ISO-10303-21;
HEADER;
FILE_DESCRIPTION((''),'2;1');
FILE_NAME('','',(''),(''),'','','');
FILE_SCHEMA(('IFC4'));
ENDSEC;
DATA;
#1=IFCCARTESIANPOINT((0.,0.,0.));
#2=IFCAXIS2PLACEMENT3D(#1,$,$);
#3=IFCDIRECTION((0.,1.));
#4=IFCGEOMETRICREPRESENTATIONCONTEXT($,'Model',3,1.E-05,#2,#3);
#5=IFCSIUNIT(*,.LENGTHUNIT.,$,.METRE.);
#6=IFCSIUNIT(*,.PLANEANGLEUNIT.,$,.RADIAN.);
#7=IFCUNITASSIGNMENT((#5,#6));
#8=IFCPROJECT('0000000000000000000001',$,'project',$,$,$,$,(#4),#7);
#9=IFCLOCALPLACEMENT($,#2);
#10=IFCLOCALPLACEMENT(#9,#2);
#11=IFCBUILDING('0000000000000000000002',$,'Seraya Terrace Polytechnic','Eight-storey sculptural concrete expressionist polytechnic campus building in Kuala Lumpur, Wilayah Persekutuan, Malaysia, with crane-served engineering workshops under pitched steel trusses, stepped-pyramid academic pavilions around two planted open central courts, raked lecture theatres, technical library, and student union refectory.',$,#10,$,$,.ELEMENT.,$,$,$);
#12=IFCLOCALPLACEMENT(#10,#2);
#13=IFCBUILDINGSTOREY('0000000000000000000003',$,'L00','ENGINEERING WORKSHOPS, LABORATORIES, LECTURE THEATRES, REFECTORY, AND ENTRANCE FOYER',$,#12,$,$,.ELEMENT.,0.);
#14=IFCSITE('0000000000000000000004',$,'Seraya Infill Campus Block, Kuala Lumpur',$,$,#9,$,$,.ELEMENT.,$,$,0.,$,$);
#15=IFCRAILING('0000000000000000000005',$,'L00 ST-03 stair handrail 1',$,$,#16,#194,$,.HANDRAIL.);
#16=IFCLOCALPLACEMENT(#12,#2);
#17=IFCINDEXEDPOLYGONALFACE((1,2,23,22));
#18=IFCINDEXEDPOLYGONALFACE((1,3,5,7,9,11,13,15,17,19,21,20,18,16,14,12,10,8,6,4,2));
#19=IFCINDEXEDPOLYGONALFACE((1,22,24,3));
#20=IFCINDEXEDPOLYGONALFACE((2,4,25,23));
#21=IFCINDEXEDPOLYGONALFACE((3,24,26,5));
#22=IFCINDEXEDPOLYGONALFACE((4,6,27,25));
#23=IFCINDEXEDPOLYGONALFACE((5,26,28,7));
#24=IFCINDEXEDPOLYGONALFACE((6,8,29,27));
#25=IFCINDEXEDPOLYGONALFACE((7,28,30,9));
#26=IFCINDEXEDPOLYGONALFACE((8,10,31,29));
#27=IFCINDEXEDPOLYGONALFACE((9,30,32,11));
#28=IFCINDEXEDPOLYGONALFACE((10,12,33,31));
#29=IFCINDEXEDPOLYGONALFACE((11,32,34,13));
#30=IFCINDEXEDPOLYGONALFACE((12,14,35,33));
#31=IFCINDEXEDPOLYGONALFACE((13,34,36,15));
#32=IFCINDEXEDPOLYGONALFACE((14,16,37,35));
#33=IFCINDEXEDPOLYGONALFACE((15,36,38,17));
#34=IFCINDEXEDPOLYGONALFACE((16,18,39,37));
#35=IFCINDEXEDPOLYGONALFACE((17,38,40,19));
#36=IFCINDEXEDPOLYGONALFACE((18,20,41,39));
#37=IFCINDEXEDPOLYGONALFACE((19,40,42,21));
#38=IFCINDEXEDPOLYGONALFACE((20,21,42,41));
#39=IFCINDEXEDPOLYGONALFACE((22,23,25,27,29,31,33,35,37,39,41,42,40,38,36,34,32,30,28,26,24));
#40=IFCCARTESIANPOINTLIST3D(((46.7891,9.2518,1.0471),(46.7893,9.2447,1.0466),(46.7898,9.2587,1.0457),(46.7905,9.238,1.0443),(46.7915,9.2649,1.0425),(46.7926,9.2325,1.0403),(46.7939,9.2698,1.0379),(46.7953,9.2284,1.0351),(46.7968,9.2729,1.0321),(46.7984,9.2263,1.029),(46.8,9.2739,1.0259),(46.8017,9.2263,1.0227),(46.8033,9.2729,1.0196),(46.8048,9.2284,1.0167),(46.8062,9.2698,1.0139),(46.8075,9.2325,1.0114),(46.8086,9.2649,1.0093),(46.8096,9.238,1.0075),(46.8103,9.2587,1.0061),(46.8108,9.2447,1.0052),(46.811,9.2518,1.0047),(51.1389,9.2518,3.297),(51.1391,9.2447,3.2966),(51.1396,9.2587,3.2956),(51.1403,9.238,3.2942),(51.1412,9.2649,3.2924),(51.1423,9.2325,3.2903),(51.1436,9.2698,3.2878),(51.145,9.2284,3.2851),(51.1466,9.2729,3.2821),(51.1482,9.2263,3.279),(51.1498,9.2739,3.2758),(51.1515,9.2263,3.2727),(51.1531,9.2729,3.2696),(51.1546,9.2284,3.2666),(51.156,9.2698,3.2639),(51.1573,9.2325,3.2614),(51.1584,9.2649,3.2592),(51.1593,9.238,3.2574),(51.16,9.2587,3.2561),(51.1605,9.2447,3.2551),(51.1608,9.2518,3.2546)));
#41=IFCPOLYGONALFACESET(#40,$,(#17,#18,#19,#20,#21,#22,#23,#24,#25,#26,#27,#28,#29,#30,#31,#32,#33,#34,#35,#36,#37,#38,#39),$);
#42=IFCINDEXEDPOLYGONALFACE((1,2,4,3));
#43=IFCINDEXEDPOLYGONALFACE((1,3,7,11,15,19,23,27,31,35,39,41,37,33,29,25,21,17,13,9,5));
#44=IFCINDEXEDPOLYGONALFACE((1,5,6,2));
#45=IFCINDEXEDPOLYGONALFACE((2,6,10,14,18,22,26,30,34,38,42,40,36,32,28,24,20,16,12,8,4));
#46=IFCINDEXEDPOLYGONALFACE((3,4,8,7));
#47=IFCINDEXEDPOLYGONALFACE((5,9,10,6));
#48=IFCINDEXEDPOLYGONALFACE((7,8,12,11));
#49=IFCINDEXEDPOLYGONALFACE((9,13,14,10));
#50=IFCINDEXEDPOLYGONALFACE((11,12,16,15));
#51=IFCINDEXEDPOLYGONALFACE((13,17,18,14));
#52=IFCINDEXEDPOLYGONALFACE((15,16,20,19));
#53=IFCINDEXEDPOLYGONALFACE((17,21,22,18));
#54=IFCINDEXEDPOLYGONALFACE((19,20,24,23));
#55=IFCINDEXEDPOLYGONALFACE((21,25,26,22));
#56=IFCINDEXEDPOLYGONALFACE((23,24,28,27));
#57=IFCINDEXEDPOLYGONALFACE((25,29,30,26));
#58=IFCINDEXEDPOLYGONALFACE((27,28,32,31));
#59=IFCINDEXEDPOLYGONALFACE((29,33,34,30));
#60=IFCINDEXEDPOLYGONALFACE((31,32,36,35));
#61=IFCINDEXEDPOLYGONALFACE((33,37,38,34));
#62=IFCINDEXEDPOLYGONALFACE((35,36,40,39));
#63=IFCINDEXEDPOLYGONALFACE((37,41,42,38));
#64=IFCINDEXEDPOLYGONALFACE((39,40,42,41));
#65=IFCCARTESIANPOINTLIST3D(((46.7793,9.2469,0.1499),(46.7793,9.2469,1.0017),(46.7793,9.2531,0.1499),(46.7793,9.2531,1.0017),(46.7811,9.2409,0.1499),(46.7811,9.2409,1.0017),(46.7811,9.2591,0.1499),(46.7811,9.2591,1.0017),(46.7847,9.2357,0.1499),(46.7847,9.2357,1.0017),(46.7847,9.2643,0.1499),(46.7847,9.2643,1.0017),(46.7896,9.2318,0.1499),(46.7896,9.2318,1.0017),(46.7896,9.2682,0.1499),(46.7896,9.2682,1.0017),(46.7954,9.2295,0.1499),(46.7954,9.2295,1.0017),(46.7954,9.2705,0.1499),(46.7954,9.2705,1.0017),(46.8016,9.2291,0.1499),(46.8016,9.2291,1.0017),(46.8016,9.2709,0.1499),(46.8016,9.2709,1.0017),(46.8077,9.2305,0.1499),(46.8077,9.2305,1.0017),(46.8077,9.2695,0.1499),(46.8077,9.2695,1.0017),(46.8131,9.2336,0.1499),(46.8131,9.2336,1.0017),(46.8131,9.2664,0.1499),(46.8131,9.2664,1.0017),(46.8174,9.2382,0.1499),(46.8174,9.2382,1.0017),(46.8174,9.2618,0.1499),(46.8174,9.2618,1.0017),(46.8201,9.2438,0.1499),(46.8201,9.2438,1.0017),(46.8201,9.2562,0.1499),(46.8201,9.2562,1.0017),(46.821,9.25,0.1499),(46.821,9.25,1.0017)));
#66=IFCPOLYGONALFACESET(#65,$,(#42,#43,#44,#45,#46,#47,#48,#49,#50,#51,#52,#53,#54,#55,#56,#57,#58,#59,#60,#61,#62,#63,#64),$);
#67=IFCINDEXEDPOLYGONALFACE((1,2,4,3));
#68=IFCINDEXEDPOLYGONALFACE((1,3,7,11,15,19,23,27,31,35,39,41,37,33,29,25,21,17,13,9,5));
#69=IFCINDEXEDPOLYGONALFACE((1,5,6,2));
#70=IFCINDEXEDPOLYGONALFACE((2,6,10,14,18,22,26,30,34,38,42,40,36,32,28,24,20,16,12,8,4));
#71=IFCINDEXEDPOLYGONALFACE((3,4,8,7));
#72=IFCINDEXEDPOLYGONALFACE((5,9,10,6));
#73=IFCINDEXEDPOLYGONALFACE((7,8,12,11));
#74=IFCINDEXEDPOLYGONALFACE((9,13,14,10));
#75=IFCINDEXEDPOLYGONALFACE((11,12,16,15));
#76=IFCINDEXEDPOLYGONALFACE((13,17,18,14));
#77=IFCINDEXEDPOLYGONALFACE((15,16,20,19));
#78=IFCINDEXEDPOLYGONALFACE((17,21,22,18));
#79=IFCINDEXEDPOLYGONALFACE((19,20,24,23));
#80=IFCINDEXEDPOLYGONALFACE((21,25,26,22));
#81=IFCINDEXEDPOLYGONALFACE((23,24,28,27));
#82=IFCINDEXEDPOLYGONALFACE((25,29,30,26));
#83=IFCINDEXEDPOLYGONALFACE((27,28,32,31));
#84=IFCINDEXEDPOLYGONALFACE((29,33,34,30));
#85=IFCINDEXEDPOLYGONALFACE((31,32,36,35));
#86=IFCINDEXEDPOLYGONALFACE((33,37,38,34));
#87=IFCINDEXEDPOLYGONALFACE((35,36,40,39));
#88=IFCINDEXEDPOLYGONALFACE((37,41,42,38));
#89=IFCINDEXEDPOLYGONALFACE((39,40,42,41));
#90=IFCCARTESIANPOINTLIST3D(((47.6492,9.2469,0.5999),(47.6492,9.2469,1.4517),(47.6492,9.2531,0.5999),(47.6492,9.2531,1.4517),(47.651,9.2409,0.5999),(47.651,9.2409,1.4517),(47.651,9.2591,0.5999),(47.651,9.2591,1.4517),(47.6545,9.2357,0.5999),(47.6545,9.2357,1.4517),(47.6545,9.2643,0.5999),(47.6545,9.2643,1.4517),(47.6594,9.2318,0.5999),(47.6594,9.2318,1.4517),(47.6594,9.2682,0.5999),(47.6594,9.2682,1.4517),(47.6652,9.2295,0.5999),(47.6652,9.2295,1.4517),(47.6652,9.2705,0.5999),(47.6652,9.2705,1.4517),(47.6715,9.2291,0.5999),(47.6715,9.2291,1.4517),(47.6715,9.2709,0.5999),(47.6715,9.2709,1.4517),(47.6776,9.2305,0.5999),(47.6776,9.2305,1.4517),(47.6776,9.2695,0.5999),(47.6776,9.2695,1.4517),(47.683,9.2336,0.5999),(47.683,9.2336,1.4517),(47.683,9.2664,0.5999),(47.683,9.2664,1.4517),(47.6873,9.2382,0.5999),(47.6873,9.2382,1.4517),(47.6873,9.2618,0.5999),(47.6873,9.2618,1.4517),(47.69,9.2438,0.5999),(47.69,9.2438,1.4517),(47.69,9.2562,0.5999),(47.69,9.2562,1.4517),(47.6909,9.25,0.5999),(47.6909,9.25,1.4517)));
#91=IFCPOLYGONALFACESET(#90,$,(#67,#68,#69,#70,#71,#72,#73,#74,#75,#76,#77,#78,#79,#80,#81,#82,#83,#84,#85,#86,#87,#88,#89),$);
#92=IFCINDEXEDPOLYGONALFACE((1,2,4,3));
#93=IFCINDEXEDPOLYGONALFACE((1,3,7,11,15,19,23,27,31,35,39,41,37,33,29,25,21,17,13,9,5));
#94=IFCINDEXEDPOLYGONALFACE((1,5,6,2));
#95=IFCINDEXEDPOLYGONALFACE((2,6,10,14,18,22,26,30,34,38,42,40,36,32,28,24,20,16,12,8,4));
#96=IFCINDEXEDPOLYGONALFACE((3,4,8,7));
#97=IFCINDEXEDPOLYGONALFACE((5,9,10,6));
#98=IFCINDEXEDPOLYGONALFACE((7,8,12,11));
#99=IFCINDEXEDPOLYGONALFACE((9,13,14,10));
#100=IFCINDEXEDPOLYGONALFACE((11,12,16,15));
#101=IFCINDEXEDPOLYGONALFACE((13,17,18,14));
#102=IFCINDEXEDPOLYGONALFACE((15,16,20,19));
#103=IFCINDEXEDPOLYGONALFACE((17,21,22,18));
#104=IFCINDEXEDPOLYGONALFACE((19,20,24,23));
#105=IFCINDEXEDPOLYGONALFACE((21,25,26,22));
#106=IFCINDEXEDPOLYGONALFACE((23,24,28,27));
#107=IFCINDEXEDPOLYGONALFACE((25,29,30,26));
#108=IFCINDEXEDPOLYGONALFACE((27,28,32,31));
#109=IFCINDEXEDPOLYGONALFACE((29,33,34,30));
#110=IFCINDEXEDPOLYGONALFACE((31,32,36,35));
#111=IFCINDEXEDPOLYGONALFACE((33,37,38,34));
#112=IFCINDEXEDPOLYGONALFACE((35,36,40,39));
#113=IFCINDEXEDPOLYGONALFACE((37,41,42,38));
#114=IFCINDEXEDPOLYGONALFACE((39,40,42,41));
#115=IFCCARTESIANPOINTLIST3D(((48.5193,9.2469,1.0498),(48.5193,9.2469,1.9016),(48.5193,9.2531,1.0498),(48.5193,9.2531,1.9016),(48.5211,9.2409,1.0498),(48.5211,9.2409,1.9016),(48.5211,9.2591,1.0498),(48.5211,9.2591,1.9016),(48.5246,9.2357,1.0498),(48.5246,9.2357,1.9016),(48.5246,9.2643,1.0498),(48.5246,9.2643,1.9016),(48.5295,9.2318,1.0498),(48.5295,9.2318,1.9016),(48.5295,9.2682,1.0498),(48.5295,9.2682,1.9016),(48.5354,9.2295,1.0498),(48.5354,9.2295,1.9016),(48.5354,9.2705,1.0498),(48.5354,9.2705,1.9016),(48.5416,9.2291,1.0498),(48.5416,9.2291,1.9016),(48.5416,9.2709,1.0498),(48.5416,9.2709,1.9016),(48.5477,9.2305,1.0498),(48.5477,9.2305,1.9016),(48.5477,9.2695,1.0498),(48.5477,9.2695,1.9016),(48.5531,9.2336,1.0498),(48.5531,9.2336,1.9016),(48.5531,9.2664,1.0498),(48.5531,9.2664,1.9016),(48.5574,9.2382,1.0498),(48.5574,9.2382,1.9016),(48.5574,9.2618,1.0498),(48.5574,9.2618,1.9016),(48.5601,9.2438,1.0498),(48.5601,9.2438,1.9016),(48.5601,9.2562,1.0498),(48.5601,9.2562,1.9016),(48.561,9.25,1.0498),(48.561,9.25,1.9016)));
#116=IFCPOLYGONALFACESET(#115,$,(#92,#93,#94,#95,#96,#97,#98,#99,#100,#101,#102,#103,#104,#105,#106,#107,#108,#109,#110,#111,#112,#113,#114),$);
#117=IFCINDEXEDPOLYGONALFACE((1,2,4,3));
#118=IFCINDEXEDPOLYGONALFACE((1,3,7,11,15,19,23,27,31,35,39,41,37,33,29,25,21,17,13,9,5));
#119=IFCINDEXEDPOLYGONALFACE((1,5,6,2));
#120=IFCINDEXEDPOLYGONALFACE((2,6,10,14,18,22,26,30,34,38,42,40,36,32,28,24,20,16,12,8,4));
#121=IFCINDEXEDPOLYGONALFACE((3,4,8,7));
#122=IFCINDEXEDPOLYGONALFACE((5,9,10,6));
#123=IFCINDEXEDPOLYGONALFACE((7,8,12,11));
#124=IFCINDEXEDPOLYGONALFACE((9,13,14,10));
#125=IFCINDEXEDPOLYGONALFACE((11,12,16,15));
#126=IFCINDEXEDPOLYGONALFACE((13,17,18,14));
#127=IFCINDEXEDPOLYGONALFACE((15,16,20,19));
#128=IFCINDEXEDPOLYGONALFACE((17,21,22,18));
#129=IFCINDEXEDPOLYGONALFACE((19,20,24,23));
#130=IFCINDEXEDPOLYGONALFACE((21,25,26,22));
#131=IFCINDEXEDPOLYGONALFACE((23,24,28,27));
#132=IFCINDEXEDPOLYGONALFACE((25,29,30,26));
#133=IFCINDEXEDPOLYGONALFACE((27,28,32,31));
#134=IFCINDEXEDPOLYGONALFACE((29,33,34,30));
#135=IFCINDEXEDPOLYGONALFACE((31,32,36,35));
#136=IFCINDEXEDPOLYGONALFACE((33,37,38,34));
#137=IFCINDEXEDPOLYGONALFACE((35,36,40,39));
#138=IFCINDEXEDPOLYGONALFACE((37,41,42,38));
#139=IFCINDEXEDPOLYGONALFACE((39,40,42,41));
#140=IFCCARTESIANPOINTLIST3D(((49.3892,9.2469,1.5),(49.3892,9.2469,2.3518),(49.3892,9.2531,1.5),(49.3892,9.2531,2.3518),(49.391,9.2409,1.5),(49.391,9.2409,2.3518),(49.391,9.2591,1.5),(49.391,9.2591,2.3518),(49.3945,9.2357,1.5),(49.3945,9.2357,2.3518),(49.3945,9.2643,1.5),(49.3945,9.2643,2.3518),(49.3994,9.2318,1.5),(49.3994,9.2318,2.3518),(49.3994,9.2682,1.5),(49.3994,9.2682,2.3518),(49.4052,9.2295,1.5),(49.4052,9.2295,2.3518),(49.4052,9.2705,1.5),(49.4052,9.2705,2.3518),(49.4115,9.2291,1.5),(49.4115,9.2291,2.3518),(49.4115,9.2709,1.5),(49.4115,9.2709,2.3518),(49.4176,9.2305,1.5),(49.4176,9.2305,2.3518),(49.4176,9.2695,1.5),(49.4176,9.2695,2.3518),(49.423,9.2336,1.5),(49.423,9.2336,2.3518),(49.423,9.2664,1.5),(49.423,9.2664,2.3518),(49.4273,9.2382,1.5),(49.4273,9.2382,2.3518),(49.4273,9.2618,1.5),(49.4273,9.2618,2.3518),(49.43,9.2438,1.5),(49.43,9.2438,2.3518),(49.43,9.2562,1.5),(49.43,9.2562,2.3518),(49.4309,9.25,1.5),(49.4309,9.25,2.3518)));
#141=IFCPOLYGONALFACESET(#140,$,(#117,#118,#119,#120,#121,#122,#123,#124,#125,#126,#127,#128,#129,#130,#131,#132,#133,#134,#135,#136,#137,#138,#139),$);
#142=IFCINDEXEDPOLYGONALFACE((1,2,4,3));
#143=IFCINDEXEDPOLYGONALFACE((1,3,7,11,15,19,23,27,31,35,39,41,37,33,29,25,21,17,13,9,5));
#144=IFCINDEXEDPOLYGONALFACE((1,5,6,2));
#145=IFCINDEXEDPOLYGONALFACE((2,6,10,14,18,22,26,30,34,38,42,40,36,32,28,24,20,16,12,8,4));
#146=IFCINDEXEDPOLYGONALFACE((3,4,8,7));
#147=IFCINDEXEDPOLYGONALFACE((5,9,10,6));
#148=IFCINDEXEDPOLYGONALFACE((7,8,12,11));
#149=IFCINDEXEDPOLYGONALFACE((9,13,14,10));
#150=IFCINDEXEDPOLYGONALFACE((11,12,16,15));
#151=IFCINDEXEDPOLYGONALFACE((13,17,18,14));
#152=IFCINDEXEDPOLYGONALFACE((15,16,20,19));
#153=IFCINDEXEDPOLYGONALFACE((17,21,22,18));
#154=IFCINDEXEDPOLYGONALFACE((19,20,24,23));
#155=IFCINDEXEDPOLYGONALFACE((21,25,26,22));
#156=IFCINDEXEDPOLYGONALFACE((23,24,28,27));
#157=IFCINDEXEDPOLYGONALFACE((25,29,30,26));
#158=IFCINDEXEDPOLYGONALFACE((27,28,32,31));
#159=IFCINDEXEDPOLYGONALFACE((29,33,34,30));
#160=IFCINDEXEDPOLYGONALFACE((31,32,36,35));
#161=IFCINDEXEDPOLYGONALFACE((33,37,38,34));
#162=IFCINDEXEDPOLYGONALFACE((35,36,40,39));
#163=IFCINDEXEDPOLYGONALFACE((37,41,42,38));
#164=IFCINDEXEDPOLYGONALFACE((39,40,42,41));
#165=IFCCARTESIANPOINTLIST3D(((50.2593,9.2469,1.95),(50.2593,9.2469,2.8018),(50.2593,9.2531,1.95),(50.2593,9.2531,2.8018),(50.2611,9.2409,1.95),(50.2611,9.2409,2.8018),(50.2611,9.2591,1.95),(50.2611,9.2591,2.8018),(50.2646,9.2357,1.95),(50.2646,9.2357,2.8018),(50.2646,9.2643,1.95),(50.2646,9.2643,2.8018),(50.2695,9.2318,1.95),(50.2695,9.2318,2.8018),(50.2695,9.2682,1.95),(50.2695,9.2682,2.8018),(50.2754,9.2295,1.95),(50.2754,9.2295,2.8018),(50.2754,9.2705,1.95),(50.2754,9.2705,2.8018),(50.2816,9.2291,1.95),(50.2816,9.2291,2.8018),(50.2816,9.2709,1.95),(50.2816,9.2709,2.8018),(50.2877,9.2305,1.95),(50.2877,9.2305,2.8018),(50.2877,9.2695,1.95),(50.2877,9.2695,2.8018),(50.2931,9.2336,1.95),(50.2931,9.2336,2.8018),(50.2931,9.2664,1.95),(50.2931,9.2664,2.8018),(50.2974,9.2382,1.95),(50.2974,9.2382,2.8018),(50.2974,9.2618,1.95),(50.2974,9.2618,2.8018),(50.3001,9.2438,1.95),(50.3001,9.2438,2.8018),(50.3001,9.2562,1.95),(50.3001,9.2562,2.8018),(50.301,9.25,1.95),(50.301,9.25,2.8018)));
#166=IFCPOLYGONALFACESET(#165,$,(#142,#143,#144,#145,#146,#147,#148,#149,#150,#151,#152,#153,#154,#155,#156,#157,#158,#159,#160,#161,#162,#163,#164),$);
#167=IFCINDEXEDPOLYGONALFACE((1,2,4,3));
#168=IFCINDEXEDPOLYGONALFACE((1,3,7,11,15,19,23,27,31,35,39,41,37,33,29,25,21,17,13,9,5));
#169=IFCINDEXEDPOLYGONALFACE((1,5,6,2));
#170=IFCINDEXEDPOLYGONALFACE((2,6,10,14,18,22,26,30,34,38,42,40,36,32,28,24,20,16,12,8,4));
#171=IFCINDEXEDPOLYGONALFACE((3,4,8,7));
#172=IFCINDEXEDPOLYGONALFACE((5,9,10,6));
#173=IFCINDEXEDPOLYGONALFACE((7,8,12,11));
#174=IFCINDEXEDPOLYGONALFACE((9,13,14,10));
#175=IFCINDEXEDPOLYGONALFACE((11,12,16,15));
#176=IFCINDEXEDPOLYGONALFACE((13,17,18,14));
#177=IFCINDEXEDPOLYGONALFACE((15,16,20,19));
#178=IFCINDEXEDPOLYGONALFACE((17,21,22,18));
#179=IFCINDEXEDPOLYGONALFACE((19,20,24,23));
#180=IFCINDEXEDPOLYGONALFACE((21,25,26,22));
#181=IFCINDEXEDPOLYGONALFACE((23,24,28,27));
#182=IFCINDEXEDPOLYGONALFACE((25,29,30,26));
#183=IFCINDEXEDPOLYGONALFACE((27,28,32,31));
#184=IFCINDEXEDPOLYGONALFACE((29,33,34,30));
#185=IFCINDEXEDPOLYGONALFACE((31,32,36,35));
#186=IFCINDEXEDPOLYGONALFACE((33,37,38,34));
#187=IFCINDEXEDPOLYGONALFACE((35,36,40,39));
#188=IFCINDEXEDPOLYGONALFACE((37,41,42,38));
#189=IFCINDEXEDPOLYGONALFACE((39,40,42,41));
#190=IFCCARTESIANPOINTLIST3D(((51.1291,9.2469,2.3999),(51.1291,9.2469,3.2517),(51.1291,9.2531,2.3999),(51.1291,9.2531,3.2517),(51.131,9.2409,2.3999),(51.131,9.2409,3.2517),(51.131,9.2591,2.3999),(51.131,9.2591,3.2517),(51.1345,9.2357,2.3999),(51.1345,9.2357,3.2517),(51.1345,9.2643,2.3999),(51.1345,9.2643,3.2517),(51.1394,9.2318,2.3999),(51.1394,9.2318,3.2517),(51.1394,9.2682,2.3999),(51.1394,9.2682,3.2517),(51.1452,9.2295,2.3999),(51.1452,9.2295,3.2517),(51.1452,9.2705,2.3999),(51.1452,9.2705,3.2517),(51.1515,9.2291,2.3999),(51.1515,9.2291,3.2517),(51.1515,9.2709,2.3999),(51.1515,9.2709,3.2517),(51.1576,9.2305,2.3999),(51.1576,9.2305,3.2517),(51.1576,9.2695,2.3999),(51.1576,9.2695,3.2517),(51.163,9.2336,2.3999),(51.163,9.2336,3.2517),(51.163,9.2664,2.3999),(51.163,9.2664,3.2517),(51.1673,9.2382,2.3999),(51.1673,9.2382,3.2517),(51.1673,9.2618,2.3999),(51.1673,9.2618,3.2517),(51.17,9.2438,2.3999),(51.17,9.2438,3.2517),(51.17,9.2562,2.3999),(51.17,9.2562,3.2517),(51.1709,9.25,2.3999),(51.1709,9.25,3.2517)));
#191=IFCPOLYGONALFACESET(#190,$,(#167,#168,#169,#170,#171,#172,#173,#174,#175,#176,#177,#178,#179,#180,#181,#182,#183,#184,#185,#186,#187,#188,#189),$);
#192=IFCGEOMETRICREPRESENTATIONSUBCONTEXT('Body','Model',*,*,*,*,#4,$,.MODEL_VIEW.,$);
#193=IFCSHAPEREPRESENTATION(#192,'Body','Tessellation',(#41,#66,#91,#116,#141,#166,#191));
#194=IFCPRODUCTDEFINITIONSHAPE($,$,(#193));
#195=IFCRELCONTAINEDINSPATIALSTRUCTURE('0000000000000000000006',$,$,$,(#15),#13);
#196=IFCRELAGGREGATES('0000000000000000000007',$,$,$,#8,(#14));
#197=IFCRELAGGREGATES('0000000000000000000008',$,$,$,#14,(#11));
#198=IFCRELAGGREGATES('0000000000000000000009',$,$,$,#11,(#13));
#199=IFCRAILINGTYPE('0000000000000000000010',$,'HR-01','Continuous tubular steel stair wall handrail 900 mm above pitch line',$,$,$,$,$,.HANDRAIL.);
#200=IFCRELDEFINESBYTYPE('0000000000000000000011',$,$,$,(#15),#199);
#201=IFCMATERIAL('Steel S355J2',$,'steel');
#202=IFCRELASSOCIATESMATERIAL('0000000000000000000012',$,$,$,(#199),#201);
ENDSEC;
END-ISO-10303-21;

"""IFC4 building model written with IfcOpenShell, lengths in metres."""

from ifc_helpers import new_model, si_unit, direction, frame, origin, origin_2d, place, context, subcontext, project, spatial, circle, extrude, material, type_object, element, save


model = new_model("IFC4")

# Units and contexts
model_context = context("Model", 3, precision=1e-05, world=origin(), true_north=direction((0.0, 1.0)))
body_context = subcontext(model_context, "Body", "Model", "MODEL_VIEW")
ifc_project = project(units=[si_unit("LENGTHUNIT", "METRE"), si_unit("PLANEANGLEUNIT", "RADIAN")], contexts=[model_context])

# Site, building, storey
site_placement = place(None, origin())
site = spatial("IfcSite", under=ifc_project, at=site_placement, Name="Seraya Infill Campus Block, Kuala Lumpur", CompositionType="ELEMENT", RefElevation=0.0)
building_placement = place(site_placement, origin())
building = spatial("IfcBuilding", under=site, at=building_placement, Name="Seraya Terrace Polytechnic", Description="Eight-storey sculptural concrete expressionist polytechnic campus building in Kuala Lumpur, Wilayah Persekutuan, Malaysia, with crane-served engineering workshops under pitched steel trusses, stepped-pyramid academic pavilions around two planted open central courts, raked lecture theatres, technical library, and student union refectory.", CompositionType="ELEMENT")
storey_placement = place(building_placement, origin())
storey = spatial("IfcBuildingStorey", under=building, at=storey_placement, Name="L00", Description="ENGINEERING WORKSHOPS, LABORATORIES, LECTURE THEATRES, REFECTORY, AND ENTRANCE FOYER", CompositionType="ELEMENT", Elevation=0.0)

# Shared definitions
ifc_material_1 = material(Name="Steel S355J2", Category="steel")

# Railing
railing_type_1 = type_object("IfcRailingType", Name="HR-01", Description="Continuous tubular steel stair wall handrail 900 mm above pitch line", PredefinedType="HANDRAIL", material=ifc_material_1)
railing_1_placement = place(storey_placement, frame((46.8, 9.25, 0.1499)))
element("IfcRailing", 1, at=railing_1_placement, inside=storey, type_object=railing_type_1, Name="L00 ST-03 stair handrail 1", PredefinedType="HANDRAIL", context=body_context, shape_type="SweptSolid", body=[
    extrude(circle(Radius=0.0239, at=origin_2d()), frame((0.0, 0.0, 0.876), z_axis=(0.888211, 0.0, 0.459435), x_axis=(0.0, 1.0, 0.0)), (0.0, 0.0, 1.0), 4.8972),
    extrude(circle(Radius=0.021, at=origin_2d()), origin(), (0.0, 0.0, 1.0), 0.8518),
    extrude(circle(Radius=0.021, at=origin_2d()), frame((0.8699, 0.0, 0.45)), (0.0, 0.0, 1.0), 0.8518),
    extrude(circle(Radius=0.021, at=origin_2d()), frame((1.74, 0.0, 0.8999)), (0.0, 0.0, 1.0), 0.8518),
    extrude(circle(Radius=0.021, at=origin_2d()), frame((2.6099, 0.0, 1.3501)), (0.0, 0.0, 1.0), 0.8518),
    extrude(circle(Radius=0.021, at=origin_2d()), frame((3.48, 0.0, 1.8)), (0.0, 0.0, 1.0), 0.8518),
    extrude(circle(Radius=0.021, at=origin_2d()), frame((4.3499, 0.0, 2.25)), (0.0, 0.0, 1.0), 0.8518),
])

save(model, "model.ifc")
